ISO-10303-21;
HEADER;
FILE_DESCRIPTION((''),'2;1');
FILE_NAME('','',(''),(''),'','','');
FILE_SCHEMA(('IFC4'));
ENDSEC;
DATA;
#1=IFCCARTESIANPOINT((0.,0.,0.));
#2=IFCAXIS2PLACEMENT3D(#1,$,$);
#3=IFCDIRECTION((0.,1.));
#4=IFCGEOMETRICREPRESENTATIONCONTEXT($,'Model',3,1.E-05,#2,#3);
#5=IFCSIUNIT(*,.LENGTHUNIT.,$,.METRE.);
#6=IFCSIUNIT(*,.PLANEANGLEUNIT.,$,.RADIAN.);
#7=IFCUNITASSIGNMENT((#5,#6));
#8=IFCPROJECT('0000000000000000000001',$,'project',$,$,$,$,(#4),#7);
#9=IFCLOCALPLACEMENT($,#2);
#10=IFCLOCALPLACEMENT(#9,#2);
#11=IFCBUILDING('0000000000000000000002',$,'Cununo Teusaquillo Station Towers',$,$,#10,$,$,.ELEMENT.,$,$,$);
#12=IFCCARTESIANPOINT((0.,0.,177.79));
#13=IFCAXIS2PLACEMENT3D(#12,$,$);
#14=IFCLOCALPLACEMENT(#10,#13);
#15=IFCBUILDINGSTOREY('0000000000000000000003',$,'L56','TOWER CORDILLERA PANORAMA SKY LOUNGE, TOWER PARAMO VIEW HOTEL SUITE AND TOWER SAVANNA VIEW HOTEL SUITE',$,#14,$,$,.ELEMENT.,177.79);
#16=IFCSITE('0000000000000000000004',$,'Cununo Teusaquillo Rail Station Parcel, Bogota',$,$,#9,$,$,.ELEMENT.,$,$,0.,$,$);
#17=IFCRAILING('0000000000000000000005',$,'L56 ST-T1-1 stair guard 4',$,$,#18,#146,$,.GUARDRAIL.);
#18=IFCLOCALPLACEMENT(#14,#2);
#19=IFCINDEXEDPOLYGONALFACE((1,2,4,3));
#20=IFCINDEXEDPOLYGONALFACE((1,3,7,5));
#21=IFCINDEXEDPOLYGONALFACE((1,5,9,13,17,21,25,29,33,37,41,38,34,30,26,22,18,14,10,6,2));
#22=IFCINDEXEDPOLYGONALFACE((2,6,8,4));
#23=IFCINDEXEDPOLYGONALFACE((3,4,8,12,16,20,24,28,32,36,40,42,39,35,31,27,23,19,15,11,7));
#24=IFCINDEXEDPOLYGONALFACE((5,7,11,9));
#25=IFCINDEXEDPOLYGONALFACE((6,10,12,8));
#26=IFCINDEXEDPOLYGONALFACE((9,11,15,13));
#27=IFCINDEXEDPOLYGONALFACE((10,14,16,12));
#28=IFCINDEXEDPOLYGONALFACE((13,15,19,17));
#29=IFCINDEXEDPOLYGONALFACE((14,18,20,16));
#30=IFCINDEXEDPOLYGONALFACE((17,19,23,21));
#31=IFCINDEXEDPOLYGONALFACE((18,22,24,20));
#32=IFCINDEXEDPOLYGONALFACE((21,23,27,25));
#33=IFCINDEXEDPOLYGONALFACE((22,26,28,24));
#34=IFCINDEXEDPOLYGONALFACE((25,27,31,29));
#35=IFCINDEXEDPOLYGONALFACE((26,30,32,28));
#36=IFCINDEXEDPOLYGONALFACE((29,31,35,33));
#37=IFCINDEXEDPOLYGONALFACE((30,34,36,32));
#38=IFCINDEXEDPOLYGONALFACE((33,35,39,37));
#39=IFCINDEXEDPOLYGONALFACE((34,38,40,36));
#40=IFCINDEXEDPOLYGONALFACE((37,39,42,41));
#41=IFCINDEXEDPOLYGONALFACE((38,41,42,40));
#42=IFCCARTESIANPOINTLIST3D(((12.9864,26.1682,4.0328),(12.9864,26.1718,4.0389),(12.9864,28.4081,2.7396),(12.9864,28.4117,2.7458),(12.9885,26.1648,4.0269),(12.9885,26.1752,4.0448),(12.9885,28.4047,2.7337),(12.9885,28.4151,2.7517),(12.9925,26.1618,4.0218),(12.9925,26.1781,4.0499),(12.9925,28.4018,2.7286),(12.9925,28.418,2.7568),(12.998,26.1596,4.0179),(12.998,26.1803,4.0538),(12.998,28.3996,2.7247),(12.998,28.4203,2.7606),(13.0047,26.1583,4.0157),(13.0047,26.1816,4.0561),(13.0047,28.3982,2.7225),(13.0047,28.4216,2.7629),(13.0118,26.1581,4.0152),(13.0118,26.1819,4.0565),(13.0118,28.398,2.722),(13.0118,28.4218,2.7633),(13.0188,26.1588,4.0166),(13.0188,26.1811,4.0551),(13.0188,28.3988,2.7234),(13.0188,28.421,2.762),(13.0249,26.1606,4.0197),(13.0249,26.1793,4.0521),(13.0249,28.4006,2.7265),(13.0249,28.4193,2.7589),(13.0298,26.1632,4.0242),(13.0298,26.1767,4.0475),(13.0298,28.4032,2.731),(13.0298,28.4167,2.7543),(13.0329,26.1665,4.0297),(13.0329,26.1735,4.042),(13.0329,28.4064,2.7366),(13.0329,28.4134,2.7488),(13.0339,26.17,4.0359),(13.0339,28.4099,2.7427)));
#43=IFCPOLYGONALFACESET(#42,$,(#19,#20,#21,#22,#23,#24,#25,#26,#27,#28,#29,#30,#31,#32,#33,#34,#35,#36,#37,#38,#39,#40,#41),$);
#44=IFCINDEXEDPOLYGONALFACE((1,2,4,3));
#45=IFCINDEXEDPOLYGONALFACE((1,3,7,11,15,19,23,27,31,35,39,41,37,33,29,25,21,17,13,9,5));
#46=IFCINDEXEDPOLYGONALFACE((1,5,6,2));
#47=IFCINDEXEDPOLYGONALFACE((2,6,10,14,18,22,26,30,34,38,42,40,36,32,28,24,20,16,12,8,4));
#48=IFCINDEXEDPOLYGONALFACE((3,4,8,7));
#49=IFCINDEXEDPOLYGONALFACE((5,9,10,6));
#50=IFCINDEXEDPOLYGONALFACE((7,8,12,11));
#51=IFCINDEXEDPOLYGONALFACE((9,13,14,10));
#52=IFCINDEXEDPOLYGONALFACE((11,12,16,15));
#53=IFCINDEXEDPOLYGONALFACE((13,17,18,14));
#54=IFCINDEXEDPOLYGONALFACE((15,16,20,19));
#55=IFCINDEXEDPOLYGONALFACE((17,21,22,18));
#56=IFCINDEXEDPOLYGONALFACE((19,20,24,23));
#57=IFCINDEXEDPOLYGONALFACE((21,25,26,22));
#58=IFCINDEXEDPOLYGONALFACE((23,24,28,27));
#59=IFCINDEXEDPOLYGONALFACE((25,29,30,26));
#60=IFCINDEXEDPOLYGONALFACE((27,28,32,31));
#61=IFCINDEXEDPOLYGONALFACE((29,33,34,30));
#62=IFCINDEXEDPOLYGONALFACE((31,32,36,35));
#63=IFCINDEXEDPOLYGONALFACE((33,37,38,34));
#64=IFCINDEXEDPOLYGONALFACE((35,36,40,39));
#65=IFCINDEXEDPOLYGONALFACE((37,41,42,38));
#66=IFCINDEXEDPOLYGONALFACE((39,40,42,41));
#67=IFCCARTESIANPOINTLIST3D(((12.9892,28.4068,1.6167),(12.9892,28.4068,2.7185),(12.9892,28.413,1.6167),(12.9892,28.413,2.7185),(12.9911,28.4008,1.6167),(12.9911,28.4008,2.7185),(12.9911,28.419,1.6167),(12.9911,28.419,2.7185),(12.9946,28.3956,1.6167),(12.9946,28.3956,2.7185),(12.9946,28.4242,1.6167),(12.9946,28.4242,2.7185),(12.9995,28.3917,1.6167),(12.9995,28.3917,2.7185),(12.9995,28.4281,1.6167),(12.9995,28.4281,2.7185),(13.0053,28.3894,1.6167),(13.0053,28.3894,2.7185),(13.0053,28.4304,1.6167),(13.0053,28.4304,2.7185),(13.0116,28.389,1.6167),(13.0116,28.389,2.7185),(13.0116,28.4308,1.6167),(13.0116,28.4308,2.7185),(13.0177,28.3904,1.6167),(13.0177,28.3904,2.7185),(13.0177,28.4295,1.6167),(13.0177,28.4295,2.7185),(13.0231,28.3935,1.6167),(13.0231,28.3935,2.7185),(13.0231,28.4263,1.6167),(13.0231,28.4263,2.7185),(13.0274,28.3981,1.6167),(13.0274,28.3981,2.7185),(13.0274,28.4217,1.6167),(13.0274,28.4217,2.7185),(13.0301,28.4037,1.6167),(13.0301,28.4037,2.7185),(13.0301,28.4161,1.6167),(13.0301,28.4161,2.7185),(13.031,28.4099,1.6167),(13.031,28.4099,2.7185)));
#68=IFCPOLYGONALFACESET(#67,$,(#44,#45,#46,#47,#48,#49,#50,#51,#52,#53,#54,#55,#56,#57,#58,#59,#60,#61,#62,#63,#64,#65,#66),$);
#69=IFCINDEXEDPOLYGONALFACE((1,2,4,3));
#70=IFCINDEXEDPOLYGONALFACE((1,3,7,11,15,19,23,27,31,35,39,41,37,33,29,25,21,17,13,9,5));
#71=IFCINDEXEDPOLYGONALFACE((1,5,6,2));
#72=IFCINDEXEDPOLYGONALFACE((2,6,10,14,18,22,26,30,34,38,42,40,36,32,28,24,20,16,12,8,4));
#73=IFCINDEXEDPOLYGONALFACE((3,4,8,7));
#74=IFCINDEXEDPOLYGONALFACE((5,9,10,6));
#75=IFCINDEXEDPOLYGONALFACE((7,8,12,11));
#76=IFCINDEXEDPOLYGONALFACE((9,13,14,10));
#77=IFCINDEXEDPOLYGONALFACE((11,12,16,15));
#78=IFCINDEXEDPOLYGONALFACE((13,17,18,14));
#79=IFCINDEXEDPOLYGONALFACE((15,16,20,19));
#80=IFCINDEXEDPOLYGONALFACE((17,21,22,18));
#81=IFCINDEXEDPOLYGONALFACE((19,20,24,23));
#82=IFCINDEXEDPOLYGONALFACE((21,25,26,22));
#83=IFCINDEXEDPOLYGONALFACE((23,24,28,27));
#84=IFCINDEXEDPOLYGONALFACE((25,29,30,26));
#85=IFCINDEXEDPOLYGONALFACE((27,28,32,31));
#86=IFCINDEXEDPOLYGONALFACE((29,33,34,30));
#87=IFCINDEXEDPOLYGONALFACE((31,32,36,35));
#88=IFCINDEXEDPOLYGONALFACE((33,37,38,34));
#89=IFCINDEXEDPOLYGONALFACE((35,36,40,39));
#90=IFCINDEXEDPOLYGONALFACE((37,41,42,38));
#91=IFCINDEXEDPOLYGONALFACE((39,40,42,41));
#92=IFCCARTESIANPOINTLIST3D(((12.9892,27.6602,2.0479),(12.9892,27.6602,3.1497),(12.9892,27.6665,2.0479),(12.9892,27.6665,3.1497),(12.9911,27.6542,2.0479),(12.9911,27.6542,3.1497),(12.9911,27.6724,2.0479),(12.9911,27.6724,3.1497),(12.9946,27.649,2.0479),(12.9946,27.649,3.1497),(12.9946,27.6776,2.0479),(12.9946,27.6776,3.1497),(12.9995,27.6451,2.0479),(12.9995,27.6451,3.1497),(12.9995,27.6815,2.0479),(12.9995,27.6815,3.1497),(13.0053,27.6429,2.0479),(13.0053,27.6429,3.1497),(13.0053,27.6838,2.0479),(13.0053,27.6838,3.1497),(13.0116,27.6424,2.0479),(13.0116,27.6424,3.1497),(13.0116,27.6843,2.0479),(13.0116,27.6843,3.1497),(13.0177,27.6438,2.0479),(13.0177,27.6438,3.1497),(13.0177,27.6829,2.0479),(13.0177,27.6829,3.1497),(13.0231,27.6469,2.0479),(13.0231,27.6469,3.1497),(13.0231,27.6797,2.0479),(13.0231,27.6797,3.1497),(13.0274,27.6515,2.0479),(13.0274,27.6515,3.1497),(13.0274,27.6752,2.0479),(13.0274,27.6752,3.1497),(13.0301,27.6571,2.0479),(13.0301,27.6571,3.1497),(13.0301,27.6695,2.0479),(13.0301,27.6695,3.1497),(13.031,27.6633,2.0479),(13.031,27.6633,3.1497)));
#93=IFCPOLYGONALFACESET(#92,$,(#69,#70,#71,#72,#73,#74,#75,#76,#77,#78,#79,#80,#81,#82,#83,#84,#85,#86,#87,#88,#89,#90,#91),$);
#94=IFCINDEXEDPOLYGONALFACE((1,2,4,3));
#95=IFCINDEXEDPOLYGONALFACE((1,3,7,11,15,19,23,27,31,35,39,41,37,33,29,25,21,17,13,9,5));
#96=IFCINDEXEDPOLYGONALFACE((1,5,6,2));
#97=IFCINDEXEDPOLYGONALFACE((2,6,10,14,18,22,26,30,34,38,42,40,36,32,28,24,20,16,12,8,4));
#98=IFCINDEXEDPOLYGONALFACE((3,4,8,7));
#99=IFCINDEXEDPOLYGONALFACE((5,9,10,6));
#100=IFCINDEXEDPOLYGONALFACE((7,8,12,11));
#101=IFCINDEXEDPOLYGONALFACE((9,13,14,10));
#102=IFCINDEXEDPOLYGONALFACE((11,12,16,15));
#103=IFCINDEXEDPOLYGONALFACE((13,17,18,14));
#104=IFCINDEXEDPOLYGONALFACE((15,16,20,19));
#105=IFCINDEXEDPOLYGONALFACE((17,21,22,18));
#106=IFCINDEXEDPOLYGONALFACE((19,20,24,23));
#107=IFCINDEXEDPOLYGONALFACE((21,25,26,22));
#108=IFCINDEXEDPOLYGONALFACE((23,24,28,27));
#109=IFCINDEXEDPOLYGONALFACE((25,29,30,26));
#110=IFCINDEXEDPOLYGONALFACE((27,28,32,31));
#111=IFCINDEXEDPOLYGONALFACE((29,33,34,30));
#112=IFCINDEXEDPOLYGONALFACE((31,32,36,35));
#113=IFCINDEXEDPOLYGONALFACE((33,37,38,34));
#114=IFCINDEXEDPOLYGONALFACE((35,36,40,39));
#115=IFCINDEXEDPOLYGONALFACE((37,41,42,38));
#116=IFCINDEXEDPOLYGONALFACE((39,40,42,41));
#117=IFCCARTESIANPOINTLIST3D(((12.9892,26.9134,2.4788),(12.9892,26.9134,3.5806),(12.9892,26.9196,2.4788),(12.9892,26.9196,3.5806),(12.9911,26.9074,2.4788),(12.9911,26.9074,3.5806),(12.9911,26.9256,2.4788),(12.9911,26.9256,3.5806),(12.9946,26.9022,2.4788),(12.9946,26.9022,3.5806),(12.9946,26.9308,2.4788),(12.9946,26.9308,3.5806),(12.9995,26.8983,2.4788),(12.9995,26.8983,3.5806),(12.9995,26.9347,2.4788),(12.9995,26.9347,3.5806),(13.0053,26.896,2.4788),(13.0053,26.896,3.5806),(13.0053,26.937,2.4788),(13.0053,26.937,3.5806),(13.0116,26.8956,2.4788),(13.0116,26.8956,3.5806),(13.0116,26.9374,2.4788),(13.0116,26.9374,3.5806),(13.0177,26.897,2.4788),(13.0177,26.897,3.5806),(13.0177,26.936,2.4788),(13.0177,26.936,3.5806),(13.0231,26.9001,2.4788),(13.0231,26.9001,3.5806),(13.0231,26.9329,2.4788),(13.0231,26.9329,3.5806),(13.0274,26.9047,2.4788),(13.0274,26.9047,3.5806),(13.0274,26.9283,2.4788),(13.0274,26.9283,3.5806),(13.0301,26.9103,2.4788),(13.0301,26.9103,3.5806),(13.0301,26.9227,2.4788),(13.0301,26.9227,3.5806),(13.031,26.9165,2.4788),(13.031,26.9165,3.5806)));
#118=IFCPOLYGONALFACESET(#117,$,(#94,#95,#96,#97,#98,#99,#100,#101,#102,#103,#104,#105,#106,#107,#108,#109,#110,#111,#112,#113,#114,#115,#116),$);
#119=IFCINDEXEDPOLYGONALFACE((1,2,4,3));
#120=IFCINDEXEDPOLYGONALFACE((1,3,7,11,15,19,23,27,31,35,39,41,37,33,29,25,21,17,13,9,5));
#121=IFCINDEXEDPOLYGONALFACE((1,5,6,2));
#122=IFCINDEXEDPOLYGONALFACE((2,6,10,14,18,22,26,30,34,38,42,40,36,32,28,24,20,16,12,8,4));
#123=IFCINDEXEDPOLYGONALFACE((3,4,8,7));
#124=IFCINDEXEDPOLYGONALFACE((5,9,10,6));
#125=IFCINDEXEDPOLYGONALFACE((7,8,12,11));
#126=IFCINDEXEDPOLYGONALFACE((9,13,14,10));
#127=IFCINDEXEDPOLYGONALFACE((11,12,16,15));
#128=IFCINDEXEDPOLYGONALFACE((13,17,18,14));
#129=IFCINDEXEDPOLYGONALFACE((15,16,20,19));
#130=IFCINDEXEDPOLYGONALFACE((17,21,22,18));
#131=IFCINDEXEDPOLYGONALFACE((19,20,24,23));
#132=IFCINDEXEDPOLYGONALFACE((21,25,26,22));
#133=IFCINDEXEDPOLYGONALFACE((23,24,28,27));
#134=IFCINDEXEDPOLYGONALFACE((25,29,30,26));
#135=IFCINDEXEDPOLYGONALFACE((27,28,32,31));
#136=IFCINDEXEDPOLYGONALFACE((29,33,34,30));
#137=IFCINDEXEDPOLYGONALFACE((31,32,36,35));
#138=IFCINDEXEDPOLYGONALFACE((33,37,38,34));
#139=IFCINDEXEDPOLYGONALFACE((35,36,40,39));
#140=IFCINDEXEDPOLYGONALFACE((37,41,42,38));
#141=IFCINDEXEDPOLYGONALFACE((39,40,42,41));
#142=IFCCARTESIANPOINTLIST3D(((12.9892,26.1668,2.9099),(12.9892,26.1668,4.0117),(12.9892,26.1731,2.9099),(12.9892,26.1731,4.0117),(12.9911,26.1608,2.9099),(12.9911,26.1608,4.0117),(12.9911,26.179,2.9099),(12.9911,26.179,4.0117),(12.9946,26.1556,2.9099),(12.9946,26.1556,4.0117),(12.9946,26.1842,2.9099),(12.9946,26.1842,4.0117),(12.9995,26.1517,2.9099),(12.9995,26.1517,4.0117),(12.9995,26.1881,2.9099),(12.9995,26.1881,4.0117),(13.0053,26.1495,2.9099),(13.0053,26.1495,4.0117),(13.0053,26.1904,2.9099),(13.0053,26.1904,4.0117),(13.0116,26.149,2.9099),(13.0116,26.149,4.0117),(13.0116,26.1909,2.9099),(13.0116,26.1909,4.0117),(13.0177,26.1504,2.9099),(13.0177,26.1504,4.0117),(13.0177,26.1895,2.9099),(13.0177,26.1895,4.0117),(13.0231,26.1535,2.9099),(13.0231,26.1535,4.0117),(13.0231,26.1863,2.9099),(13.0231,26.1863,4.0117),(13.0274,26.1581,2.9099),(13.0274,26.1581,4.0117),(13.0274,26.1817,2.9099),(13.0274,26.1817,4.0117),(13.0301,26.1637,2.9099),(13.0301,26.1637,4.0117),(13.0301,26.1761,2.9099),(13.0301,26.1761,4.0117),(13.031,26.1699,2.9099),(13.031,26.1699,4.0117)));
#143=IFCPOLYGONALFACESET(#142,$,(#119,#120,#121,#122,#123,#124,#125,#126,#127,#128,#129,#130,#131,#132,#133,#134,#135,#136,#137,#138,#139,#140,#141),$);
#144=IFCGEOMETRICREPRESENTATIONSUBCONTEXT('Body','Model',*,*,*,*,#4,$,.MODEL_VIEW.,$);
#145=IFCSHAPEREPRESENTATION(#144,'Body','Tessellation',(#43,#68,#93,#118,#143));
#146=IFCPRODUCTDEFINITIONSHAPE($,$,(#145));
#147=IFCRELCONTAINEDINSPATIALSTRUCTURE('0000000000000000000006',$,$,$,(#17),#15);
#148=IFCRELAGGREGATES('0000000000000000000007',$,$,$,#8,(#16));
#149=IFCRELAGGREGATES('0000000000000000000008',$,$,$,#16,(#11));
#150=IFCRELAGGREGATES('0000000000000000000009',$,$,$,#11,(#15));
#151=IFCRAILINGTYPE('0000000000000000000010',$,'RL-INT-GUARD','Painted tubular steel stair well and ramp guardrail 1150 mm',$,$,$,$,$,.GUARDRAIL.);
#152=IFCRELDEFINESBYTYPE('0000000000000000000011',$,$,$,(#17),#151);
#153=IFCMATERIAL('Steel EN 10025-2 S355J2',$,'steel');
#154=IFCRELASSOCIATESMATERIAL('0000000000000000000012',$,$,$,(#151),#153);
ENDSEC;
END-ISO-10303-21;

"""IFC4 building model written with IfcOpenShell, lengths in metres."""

from ifc_helpers import new_model, si_unit, direction, frame, origin, origin_2d, place, context, subcontext, project, spatial, circle, extrude, material, type_object, element, save


model = new_model("IFC4")

# Units and contexts
model_context = context("Model", 3, precision=1e-05, world=origin(), true_north=direction((0.0, 1.0)))
body_context = subcontext(model_context, "Body", "Model", "MODEL_VIEW")
ifc_project = project(units=[si_unit("LENGTHUNIT", "METRE"), si_unit("PLANEANGLEUNIT", "RADIAN")], contexts=[model_context])

# Site, building, storey
site_placement = place(None, origin())
site = spatial("IfcSite", under=ifc_project, at=site_placement, Name="Cununo Teusaquillo Rail Station Parcel, Bogota", CompositionType="ELEMENT", RefElevation=0.0)
building_placement = place(site_placement, origin())
building = spatial("IfcBuilding", under=site, at=building_placement, Name="Cununo Teusaquillo Station Towers", CompositionType="ELEMENT")
storey_placement = place(building_placement, frame((0.0, 0.0, 177.79)))
storey = spatial("IfcBuildingStorey", under=building, at=storey_placement, Name="L56", Description="TOWER CORDILLERA PANORAMA SKY LOUNGE, TOWER PARAMO VIEW HOTEL SUITE AND TOWER SAVANNA VIEW HOTEL SUITE", CompositionType="ELEMENT", Elevation=177.79)

# Railing
ifc_material_1 = material(Name="Steel EN 10025-2 S355J2", Category="steel")
railing_type_1 = type_object("IfcRailingType", Name="RL-INT-GUARD", Description="Painted tubular steel stair well and ramp guardrail 1150 mm", PredefinedType="GUARDRAIL", material=ifc_material_1)
railing_1_placement = place(storey_placement, frame((13.01, 28.4099, 1.6167)))
element("IfcRailing", 1, at=railing_1_placement, inside=storey, type_object=railing_type_1, Name="L56 ST-T1-1 stair guard 4", PredefinedType="GUARDRAIL", context=body_context, shape_type="SweptSolid", body=[
    extrude(circle(Radius=0.0239, at=origin_2d()), frame((0.0, 0.0, 1.126), z_axis=(0.0, -0.866033, 0.499987), x_axis=(1.0, 0.0, 0.0)), (0.0, 0.0, 1.0), 2.5864),
    extrude(circle(Radius=0.021, at=origin_2d()), origin(), (0.0, 0.0, 1.0), 1.1018),
    extrude(circle(Radius=0.021, at=origin_2d()), frame((0.0, -0.7466, 0.4312)), (0.0, 0.0, 1.0), 1.1018),
    extrude(circle(Radius=0.021, at=origin_2d()), frame((0.0, -1.4934, 0.8621)), (0.0, 0.0, 1.0), 1.1018),
    extrude(circle(Radius=0.021, at=origin_2d()), frame((0.0, -2.24, 1.2932)), (0.0, 0.0, 1.0), 1.1018),
])

save(model, "model.ifc")
